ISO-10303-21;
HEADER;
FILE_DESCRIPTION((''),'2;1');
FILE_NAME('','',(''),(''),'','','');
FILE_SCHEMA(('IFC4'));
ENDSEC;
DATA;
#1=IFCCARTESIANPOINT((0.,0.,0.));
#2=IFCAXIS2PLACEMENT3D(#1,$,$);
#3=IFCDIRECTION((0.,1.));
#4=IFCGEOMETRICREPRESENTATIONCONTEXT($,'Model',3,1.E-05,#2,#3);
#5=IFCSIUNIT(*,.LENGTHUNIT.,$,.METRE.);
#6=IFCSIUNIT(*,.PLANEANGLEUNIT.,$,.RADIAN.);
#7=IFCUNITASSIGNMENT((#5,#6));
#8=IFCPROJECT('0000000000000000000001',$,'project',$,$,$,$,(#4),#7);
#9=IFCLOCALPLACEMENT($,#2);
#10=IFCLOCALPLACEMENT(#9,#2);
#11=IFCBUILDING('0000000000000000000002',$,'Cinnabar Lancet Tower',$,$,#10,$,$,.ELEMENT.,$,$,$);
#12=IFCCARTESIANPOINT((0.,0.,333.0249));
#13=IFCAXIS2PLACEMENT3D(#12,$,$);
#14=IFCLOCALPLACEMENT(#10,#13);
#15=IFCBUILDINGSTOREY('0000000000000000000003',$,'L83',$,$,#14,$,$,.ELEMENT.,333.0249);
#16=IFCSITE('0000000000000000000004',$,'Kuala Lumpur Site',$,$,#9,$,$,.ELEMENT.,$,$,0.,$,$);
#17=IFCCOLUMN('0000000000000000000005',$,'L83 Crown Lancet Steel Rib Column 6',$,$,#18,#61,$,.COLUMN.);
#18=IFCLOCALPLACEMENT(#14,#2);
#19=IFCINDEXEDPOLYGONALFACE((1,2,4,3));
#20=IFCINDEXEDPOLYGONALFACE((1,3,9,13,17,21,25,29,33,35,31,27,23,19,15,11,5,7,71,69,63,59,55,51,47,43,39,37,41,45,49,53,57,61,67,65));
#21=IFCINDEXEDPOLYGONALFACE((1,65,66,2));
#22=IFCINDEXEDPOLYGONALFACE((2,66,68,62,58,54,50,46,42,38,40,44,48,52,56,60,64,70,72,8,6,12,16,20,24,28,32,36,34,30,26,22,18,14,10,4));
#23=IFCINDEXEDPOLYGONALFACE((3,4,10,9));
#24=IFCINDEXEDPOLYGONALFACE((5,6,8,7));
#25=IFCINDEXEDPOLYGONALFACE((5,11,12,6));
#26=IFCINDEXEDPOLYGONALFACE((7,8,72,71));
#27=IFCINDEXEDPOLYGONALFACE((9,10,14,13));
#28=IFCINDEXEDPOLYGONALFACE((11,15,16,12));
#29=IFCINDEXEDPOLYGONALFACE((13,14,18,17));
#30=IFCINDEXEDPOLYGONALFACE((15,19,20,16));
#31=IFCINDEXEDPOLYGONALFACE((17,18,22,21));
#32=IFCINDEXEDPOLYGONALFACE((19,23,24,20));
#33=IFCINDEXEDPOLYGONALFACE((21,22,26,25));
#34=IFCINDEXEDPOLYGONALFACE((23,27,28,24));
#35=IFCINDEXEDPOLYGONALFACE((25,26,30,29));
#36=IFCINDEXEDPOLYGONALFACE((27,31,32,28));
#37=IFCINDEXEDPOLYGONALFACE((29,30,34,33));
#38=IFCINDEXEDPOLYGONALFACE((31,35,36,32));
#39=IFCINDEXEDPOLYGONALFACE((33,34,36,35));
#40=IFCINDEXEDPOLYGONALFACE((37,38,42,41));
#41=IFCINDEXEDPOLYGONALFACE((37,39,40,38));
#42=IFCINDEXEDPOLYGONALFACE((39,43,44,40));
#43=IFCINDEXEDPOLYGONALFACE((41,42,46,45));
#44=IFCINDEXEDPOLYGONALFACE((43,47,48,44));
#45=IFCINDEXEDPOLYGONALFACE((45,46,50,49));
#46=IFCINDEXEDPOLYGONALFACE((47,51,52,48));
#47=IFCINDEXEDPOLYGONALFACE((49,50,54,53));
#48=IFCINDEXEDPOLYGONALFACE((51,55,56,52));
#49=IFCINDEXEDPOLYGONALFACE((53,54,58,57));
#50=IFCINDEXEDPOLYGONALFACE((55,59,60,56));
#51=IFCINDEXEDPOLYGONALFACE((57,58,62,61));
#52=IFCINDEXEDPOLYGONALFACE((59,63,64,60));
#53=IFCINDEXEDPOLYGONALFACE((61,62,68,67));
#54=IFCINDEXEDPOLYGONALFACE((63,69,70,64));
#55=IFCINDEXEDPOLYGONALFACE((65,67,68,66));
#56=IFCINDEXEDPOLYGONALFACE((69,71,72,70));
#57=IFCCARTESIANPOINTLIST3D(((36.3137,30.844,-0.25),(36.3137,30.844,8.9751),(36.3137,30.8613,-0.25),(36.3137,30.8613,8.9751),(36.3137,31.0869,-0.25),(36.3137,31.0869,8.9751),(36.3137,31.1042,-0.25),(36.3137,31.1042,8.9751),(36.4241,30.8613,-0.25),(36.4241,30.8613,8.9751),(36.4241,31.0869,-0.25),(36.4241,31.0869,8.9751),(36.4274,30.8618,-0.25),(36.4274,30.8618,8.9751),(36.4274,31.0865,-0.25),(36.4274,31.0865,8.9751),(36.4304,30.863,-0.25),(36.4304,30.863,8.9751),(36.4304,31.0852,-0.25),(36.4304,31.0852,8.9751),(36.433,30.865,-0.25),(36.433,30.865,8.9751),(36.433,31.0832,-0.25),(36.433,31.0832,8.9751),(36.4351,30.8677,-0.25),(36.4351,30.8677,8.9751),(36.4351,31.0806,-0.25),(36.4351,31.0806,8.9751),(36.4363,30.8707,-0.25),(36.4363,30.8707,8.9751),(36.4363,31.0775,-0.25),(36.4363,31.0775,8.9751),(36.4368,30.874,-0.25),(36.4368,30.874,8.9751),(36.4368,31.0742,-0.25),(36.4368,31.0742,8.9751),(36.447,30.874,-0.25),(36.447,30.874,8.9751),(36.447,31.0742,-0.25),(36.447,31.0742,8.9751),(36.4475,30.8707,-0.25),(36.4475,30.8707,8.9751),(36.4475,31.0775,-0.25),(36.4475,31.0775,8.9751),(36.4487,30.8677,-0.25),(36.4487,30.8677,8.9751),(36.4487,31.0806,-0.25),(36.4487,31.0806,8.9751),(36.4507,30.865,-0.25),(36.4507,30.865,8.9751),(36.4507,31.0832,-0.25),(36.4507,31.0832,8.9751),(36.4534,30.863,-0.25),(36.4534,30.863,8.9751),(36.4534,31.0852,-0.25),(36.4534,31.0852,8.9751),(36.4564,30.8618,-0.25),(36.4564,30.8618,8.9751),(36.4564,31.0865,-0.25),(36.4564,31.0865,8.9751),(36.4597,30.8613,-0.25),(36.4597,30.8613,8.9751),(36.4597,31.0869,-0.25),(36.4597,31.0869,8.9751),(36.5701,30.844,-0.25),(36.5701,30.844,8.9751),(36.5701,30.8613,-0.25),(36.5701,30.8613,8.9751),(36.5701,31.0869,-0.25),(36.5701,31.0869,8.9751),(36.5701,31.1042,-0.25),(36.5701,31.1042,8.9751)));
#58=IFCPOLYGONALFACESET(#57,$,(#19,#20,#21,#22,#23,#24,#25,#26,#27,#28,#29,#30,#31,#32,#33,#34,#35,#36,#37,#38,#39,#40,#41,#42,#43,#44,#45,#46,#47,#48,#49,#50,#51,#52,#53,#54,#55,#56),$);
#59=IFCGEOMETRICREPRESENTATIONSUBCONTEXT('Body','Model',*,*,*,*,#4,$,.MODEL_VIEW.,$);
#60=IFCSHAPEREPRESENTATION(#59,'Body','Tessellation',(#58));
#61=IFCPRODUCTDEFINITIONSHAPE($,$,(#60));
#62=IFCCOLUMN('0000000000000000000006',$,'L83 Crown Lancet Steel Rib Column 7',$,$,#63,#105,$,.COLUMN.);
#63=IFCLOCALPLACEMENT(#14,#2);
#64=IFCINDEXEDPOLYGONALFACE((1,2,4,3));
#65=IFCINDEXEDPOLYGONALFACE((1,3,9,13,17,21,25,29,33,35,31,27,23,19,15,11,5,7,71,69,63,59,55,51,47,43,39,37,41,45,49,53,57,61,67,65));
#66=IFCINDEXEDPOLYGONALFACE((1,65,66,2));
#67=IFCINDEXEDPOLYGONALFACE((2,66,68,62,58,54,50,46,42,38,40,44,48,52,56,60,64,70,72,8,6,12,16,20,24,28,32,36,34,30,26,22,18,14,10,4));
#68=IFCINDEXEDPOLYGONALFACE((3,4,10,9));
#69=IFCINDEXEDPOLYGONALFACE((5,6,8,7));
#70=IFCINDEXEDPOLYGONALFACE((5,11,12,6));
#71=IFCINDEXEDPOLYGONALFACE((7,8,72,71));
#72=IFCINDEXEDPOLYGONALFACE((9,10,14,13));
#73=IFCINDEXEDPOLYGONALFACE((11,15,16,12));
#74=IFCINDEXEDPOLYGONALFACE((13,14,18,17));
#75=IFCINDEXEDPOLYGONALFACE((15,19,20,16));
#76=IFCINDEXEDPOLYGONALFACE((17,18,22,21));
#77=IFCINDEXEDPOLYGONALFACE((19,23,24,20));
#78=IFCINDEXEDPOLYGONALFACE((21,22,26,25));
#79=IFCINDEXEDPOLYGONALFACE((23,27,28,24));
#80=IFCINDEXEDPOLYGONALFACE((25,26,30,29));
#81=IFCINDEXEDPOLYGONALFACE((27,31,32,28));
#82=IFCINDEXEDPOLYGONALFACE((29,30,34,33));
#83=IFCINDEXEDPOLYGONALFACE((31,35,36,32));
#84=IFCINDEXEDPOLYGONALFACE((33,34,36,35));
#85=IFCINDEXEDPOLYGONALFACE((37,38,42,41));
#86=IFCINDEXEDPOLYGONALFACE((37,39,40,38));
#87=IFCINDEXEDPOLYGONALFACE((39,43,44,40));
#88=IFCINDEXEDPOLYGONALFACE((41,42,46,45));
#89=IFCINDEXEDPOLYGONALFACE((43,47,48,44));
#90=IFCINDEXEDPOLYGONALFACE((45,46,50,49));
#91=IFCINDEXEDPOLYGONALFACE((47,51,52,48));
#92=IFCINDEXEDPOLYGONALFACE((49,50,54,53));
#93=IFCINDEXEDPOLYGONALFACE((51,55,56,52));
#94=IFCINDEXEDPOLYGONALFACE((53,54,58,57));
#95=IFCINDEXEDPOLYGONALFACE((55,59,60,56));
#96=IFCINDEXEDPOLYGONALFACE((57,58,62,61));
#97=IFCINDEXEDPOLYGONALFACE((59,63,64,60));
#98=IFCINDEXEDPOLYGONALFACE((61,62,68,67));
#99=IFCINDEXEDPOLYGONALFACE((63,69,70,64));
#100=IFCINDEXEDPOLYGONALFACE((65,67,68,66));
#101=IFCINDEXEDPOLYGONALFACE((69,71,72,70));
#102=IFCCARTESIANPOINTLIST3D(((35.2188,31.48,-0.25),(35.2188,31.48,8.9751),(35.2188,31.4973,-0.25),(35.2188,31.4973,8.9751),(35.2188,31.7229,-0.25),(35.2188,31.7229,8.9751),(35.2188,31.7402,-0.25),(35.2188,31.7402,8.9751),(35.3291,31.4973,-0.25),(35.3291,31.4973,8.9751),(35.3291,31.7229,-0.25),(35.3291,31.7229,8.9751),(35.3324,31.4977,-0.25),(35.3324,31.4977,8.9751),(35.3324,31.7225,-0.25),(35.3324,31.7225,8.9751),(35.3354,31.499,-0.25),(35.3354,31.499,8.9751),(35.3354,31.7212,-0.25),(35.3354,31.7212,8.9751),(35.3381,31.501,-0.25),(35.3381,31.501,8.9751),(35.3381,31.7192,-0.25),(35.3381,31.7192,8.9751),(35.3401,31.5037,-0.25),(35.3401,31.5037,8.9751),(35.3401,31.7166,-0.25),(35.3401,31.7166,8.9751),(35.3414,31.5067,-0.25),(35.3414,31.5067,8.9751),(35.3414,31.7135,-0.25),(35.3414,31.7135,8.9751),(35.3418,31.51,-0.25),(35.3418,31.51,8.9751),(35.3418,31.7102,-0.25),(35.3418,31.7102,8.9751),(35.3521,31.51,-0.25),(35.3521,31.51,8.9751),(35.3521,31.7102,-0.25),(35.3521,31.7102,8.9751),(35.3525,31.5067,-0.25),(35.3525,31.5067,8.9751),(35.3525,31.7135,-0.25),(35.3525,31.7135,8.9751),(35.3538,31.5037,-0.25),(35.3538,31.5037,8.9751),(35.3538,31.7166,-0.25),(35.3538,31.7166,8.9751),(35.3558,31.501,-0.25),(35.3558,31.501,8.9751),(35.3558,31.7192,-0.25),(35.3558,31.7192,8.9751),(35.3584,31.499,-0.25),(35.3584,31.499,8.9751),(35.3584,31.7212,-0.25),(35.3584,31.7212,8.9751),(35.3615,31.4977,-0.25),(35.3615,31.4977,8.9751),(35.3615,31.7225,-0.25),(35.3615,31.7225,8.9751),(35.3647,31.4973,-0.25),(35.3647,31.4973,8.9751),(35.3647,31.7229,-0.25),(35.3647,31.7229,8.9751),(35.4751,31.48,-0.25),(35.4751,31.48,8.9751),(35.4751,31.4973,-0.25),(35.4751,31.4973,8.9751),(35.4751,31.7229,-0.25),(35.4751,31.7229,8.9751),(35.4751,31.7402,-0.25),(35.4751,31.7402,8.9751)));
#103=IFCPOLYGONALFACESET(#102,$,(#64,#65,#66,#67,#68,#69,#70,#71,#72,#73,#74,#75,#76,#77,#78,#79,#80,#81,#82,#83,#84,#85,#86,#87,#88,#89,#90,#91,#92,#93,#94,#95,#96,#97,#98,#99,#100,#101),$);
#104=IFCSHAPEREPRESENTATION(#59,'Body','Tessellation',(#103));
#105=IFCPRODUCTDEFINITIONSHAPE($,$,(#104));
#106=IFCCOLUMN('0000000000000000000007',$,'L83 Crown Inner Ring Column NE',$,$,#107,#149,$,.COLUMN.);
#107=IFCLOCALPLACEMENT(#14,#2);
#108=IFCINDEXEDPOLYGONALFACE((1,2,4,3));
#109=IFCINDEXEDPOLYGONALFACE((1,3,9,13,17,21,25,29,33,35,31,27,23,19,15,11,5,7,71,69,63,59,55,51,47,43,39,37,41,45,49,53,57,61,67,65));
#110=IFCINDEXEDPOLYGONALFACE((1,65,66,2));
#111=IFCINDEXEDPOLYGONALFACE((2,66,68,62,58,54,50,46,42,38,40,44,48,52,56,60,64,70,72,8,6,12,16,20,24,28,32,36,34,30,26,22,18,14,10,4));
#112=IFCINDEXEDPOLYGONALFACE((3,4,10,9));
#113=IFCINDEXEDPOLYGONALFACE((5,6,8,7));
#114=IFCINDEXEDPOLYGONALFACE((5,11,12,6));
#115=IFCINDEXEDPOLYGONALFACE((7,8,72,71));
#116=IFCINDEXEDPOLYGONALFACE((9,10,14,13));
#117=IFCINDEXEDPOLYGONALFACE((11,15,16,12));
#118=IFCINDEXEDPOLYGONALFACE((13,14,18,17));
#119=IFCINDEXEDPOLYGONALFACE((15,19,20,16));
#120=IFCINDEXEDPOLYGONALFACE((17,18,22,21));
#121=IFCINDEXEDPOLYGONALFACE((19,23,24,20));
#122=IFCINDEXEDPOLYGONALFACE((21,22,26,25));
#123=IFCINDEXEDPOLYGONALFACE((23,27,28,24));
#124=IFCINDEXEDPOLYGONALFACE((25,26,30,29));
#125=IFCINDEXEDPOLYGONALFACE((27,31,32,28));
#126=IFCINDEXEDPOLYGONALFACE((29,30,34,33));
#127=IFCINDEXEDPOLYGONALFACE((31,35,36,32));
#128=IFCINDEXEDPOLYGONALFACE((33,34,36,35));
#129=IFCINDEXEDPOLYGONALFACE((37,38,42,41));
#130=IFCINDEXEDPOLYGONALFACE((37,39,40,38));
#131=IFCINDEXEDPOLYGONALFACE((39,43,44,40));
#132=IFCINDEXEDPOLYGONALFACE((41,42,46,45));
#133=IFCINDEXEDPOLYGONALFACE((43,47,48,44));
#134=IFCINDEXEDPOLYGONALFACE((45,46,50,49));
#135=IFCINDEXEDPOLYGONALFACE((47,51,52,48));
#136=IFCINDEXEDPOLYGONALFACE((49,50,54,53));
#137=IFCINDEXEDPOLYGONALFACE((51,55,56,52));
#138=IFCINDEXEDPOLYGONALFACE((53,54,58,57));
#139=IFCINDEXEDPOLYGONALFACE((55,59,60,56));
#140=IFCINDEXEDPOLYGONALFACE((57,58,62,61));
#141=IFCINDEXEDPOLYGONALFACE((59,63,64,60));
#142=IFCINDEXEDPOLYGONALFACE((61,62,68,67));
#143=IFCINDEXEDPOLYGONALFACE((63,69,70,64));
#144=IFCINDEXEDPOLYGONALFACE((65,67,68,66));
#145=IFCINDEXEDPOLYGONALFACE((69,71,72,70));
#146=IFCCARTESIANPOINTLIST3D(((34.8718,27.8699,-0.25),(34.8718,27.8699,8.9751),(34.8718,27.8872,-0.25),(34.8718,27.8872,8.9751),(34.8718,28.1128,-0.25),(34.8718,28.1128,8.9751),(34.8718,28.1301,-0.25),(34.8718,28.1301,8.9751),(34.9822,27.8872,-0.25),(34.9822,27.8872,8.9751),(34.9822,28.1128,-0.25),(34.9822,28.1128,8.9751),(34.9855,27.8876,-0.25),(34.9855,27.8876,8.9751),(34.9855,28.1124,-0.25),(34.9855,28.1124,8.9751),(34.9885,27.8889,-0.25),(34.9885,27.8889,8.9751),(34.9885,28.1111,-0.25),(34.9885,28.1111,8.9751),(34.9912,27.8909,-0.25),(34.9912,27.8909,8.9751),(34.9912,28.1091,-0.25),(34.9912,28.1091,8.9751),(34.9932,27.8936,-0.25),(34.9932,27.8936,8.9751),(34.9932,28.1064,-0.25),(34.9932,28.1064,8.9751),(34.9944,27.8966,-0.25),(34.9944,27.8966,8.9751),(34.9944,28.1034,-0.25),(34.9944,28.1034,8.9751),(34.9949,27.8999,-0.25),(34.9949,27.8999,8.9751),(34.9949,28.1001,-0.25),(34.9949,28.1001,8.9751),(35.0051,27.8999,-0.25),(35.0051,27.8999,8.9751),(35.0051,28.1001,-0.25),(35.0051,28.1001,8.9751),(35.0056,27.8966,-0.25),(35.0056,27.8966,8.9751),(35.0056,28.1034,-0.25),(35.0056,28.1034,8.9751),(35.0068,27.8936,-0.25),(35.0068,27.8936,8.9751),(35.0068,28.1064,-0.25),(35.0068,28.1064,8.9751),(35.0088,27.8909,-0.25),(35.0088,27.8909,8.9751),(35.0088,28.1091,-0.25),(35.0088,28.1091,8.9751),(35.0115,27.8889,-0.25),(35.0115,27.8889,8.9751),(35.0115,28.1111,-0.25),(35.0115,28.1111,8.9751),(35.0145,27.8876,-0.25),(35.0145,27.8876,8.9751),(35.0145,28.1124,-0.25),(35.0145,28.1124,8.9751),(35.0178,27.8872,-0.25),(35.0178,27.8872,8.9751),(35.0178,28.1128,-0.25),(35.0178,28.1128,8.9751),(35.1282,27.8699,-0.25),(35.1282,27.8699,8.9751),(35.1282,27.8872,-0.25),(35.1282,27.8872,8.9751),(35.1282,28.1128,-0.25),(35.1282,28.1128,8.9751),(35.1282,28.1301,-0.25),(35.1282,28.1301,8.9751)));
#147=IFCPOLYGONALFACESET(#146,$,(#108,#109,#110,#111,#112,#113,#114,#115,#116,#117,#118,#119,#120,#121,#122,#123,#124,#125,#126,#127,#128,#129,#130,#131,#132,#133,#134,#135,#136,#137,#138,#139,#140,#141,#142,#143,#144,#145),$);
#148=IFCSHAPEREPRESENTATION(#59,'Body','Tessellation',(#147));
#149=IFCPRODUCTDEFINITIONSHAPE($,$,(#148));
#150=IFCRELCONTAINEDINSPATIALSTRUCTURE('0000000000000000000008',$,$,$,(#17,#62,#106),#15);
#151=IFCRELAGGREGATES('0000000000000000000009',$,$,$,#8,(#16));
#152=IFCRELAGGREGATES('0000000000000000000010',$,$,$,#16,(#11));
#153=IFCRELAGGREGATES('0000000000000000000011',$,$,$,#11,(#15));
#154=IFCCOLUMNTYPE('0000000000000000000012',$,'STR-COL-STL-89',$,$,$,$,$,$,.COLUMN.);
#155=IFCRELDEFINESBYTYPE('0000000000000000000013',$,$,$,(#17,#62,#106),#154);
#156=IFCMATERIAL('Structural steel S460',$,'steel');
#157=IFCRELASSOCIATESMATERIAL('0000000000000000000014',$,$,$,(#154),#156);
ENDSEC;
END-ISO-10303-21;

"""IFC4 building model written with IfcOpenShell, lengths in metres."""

from ifc_helpers import new_model, si_unit, direction, frame, origin, origin_2d, place, context, subcontext, project, spatial, i_section, extrude, material, material_profile, profile_set, type_object, element, save


model = new_model("IFC4")

# Units and contexts
model_context = context("Model", 3, precision=1e-05, world=origin(), true_north=direction((0.0, 1.0)))
body_context = subcontext(model_context, "Body", "Model", "MODEL_VIEW")
ifc_project = project(units=[si_unit("LENGTHUNIT", "METRE"), si_unit("PLANEANGLEUNIT", "RADIAN")], contexts=[model_context])

# Site, building, storey
site_placement = place(None, origin())
site = spatial("IfcSite", under=ifc_project, at=site_placement, Name="Kuala Lumpur Site", CompositionType="ELEMENT", RefElevation=0.0)
building_placement = place(site_placement, origin())
building = spatial("IfcBuilding", under=site, at=building_placement, Name="Cinnabar Lancet Tower", CompositionType="ELEMENT")
storey_placement = place(building_placement, frame((0.0, 0.0, 333.0249)))
storey = spatial("IfcBuildingStorey", under=building, at=storey_placement, Name="L83", CompositionType="ELEMENT", Elevation=333.0249)

# Columns
ifc_material_1 = material(Name="Structural steel S460", Category="steel")
ifc_material_profile_1 = material_profile(ifc_material_1, i_section(OverallWidth=0.2563, OverallDepth=0.2603, WebThickness=0.0103, FlangeThickness=0.0173, FilletRadius=0.0127, at=origin_2d()), Name="UKC 254x254x89")
ifc_profile_set_1 = profile_set([ifc_material_profile_1], Name="Structural steel S460")
column_type = type_object("IfcColumnType", Name="STR-COL-STL-89", PredefinedType="COLUMN", material=ifc_profile_set_1)
for number, where, z_axis, x_axis, name in (
    (1, (36.4419, 30.9741, -0.25), (0.0, 0.0, 1.0), (1.0, 0.0, 0.0), "L83 Crown Lancet Steel Rib Column 6"),
    (2, (35.3469, 31.6101, -0.25), (0.0, 0.0, 1.0), (1.0, 0.0, 0.0), "L83 Crown Lancet Steel Rib Column 7"),
    (3, (35.0, 28.0, -0.25), (0.0, 0.0, 1.0), (1.0, 0.0, 0.0), "L83 Crown Inner Ring Column NE"),
):
    element("IfcColumn", number, at=place(storey_placement, frame(where, z_axis=z_axis, x_axis=x_axis)), inside=storey, type_object=column_type, Name=name, PredefinedType="COLUMN", context=body_context, shape_type="SweptSolid", body=[
        extrude(i_section(OverallWidth=0.2563, OverallDepth=0.2603, WebThickness=0.0103, FlangeThickness=0.0173, FilletRadius=0.0127, at=origin_2d()), origin(), (0.0, 0.0, 1.0), 9.2251),
    ])

save(model, "model.ifc")
